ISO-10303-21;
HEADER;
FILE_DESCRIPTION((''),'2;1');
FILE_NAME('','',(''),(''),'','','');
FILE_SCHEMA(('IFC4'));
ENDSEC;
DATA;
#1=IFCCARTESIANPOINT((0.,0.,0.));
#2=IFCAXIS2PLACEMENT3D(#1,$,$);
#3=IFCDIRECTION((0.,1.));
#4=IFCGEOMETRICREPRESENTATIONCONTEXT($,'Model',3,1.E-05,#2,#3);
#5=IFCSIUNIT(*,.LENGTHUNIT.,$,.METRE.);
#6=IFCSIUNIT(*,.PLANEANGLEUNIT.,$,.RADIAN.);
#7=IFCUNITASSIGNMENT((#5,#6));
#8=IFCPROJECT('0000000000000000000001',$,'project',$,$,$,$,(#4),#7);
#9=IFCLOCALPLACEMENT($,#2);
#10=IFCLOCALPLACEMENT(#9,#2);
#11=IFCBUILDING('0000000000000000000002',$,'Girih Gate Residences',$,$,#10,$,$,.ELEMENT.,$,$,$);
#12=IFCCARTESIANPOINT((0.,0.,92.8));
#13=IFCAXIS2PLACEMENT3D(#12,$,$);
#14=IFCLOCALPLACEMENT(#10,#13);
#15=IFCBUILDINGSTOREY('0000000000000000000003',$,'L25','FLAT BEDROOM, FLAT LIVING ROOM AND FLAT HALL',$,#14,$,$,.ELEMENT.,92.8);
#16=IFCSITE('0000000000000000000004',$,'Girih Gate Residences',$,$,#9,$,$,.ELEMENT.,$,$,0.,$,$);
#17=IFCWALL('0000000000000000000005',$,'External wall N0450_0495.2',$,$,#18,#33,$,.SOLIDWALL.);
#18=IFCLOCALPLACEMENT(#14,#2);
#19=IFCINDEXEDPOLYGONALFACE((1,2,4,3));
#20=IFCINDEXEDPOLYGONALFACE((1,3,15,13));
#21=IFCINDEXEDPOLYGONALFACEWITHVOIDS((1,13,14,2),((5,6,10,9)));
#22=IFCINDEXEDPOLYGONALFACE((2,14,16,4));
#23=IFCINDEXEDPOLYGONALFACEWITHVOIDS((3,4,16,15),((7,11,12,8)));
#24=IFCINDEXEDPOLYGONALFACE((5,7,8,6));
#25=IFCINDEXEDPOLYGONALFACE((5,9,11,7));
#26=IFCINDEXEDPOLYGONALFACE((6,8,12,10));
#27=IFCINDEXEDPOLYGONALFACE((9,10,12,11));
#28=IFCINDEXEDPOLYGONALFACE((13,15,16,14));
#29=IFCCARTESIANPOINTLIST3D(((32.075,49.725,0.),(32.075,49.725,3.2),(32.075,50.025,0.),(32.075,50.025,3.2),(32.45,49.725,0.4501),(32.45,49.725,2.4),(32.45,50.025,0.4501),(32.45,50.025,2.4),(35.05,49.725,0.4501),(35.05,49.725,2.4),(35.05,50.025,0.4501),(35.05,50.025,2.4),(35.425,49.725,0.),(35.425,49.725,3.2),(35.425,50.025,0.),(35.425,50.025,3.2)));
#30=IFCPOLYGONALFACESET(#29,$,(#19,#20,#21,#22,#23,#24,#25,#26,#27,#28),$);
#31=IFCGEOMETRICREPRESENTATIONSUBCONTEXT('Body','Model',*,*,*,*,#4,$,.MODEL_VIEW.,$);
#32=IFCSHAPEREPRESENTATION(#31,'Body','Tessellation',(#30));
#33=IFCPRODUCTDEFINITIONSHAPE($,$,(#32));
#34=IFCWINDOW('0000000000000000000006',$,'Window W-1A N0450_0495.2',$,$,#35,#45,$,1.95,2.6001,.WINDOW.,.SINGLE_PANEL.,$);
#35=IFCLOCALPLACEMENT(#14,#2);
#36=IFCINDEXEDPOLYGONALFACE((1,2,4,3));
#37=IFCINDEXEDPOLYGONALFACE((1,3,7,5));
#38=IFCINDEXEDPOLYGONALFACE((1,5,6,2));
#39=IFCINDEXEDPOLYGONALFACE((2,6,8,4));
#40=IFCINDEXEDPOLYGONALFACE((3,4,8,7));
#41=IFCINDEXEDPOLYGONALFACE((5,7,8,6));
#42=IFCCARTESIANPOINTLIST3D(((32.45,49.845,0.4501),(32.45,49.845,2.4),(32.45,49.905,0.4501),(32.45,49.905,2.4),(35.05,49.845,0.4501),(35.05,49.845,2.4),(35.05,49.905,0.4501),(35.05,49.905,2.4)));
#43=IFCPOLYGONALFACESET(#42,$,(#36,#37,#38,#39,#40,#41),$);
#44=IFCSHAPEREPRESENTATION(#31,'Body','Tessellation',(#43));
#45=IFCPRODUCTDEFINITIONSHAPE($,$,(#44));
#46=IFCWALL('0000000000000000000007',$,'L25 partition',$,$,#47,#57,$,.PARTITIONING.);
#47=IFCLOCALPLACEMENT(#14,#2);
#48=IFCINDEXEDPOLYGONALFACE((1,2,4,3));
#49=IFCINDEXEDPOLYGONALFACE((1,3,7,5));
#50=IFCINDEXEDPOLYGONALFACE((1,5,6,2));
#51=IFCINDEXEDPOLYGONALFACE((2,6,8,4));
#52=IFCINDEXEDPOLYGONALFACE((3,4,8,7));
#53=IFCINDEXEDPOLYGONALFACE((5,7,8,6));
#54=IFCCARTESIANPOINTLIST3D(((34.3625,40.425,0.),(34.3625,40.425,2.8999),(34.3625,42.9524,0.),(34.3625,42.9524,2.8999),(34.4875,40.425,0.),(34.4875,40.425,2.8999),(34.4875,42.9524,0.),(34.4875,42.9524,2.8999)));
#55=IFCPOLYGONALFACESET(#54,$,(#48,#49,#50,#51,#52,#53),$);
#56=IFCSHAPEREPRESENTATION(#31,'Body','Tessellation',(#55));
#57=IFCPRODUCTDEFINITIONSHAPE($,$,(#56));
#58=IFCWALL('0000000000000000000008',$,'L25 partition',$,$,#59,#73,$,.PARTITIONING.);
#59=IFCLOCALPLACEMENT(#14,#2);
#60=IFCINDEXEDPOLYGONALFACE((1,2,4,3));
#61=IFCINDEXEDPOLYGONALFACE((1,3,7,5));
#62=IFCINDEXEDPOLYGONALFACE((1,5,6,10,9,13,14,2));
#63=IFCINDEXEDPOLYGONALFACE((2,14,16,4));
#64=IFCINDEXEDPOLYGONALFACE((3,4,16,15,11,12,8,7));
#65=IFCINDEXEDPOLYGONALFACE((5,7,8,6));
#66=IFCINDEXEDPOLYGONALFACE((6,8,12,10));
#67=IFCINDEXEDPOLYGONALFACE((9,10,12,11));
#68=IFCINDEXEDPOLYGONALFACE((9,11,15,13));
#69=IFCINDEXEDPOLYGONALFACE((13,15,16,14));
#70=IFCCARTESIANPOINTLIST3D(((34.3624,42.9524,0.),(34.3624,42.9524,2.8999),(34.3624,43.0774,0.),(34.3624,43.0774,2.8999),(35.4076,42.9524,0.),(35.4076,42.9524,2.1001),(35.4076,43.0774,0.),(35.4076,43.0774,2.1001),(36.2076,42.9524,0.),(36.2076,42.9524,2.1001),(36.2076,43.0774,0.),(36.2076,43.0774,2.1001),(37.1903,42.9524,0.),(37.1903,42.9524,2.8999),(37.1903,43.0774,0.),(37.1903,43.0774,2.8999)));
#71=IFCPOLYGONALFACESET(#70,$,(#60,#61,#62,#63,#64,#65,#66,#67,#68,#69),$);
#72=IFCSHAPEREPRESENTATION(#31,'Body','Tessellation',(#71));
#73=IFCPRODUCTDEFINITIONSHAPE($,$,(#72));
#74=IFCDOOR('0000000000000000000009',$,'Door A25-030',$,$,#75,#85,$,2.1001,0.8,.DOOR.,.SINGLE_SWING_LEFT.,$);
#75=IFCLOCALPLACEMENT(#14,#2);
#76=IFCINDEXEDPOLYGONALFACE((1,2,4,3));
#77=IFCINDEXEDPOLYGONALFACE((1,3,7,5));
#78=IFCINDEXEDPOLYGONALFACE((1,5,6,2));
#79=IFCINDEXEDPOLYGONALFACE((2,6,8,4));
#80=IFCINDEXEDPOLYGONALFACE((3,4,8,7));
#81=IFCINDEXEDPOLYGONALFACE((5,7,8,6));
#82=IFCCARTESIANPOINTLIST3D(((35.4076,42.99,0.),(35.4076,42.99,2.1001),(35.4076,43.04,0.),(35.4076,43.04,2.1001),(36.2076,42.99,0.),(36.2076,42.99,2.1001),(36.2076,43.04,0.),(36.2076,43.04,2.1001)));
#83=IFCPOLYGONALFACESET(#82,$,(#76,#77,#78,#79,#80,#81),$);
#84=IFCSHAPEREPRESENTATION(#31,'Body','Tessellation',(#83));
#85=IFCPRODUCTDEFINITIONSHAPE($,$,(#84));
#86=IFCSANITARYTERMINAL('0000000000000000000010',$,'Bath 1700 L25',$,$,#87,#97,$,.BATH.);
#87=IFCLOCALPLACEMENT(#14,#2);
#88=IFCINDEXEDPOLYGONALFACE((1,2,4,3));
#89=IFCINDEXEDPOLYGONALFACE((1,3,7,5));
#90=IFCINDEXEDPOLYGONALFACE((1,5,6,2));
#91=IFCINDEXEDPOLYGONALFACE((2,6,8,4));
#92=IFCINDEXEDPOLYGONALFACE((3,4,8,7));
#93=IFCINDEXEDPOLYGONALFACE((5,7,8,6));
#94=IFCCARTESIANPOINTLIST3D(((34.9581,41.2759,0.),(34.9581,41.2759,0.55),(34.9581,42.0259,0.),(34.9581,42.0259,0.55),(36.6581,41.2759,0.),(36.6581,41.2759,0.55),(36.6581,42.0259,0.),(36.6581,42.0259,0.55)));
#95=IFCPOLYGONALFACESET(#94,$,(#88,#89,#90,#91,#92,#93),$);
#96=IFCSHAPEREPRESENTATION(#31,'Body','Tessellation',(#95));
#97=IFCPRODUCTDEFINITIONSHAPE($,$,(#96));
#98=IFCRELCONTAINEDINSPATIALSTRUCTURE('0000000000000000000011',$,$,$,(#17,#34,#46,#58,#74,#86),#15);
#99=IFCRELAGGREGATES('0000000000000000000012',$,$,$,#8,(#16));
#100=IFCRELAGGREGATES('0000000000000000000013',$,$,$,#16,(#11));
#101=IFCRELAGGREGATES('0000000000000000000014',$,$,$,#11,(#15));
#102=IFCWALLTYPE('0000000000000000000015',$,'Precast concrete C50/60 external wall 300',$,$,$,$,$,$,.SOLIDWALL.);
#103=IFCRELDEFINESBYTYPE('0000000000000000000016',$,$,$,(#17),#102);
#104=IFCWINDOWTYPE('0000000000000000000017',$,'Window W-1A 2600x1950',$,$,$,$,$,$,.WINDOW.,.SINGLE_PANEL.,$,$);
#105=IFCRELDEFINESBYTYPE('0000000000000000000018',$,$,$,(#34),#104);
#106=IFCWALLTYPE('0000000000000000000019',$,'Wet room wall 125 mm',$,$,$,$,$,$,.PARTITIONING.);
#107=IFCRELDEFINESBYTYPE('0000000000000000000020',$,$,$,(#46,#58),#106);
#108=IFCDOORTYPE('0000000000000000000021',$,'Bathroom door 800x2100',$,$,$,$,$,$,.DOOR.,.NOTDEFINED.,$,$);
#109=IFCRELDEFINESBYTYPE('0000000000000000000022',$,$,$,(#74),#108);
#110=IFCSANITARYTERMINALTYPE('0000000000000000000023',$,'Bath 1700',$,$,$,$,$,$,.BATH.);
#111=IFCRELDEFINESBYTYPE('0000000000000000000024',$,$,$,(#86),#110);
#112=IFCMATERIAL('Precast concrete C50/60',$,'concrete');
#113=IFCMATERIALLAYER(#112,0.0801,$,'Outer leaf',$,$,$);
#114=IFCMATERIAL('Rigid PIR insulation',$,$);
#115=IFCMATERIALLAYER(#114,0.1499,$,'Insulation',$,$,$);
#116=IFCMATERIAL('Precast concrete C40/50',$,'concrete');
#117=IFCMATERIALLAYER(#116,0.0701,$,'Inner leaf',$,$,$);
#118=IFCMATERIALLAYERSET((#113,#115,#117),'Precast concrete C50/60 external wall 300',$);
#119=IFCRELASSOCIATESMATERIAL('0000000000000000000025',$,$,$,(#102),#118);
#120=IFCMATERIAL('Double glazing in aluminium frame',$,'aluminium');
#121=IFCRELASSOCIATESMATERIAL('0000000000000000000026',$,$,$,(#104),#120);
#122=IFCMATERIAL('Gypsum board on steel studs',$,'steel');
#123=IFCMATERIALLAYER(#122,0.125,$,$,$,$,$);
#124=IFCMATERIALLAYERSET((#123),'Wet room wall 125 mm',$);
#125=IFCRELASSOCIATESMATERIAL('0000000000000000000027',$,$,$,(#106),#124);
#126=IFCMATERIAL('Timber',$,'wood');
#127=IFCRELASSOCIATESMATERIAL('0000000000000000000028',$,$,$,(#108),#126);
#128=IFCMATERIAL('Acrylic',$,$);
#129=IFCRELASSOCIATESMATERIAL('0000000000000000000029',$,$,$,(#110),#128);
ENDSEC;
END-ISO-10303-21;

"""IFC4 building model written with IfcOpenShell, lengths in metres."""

from ifc_helpers import new_model, si_unit, direction, frame, frame_2d, origin, origin_2d, place, context, subcontext, project, spatial, rectangle, extrude, material, layer, layer_set, type_object, element, fill, save


model = new_model("IFC4")

# Units and contexts
model_context = context("Model", 3, precision=1e-05, world=origin(), true_north=direction((0.0, 1.0)))
body_context = subcontext(model_context, "Body", "Model", "MODEL_VIEW")
ifc_project = project(units=[si_unit("LENGTHUNIT", "METRE"), si_unit("PLANEANGLEUNIT", "RADIAN")], contexts=[model_context])

# Site, building, storey
site_placement = place(None, origin())
site = spatial("IfcSite", under=ifc_project, at=site_placement, Name="Girih Gate Residences", CompositionType="ELEMENT", RefElevation=0.0)
building_placement = place(site_placement, origin())
building = spatial("IfcBuilding", under=site, at=building_placement, Name="Girih Gate Residences", CompositionType="ELEMENT")
storey_placement = place(building_placement, frame((0.0, 0.0, 92.8)))
storey = spatial("IfcBuildingStorey", under=building, at=storey_placement, Name="L25", Description="FLAT BEDROOM, FLAT LIVING ROOM AND FLAT HALL", CompositionType="ELEMENT", Elevation=92.8)

# Shared definitions
ifc_material_1 = material(Name="Gypsum board on steel studs", Category="steel")
ifc_material_2 = material(Name="Timber", Category="wood")

# Wall, opening, window
ifc_material_3 = material(Name="Precast concrete C50/60", Category="concrete")
ifc_layer_1 = layer(ifc_material_3, 0.0801, Name="Outer leaf")
ifc_material_4 = material(Name="Rigid PIR insulation")
ifc_layer_2 = layer(ifc_material_4, 0.1499, Name="Insulation")
ifc_material_5 = material(Name="Precast concrete C40/50", Category="concrete")
ifc_layer_3 = layer(ifc_material_5, 0.0701, Name="Inner leaf")
ifc_layer_set_1 = layer_set([ifc_layer_1, ifc_layer_2, ifc_layer_3], Name="Precast concrete C50/60 external wall 300")
wall_type_1 = type_object("IfcWallType", Name="Precast concrete C50/60 external wall 300", PredefinedType="SOLIDWALL", material=ifc_layer_set_1)
ifc_material_6 = material(Name="Double glazing in aluminium frame", Category="aluminium")
window_type = type_object("IfcWindowType", Name="Window W-1A 2600x1950", PartitioningType="SINGLE_PANEL", PredefinedType="WINDOW", material=ifc_material_6)
wall_1_placement = place(storey_placement, frame((32.075, 49.875, 0.0), z_axis=(0.0, 0.0, 1.0), x_axis=(1.0, 0.0, 0.0)))
wall_1 = element("IfcWall", 1, at=wall_1_placement, inside=storey, type_object=wall_type_1, Name="External wall N0450_0495.2", PredefinedType="SOLIDWALL", context=body_context, shape_type="SweptSolid", body=[
    extrude(rectangle(XDim=3.3501, YDim=0.3, at=frame_2d((1.675, 0.0))), origin(), (0.0, 0.0, 1.0), 3.2),
])
opening_1_placement = place(wall_1_placement, frame((0.375, 0.0, 0.45)))
opening_1 = element("IfcOpeningElement", 2, at=opening_1_placement, cuts=wall_1, PredefinedType="OPENING", context=body_context, shape_type="SweptSolid", body=[
    extrude(rectangle(XDim=2.6001, YDim=1.95, at=frame_2d((1.3, 0.9751))), frame((0.0, 0.1599, 0.0), z_axis=(0.0, -1.0, 0.0), x_axis=(1.0, 0.0, 0.0)), (0.0, 0.0, 1.0), 0.3201),
])
window_1_placement = place(opening_1_placement, origin())
window_1 = element("IfcWindow", 3, at=window_1_placement, inside=storey, type_object=window_type, Name="Window W-1A N0450_0495.2", OverallHeight=1.95, OverallWidth=2.6001, PartitioningType="SINGLE_PANEL", PredefinedType="WINDOW", context=body_context, shape_type="SweptSolid", body=[
    extrude(rectangle(XDim=2.6001, YDim=1.95, at=frame_2d((1.3, 0.9751))), frame((0.0, 0.03, 0.0), z_axis=(0.0, -1.0, 0.0), x_axis=(1.0, 0.0, 0.0)), (0.0, 0.0, 1.0), 0.0601),
])
fill(opening_1, window_1)

# Wall
ifc_layer_4 = layer(ifc_material_1, 0.125)
ifc_layer_set_2 = layer_set([ifc_layer_4], Name="Wet room wall 125 mm")
wall_type_2 = type_object("IfcWallType", Name="Wet room wall 125 mm", PredefinedType="PARTITIONING", material=ifc_layer_set_2)
wall_2_placement = place(storey_placement, frame((34.425, 40.425, 0.0), z_axis=(0.0, 0.0, 1.0), x_axis=(0.0, 1.0, 0.0)))
element("IfcWall", 4, at=wall_2_placement, inside=storey, type_object=wall_type_2, Name="L25 partition", PredefinedType="PARTITIONING", context=body_context, shape_type="SweptSolid", body=[
    extrude(rectangle(XDim=2.5273, YDim=0.125, at=frame_2d((1.2637, 0.0))), origin(), (0.0, 0.0, 1.0), 2.8999),
])

# Wall, opening, door
wall_3_placement = place(storey_placement, frame((37.1904, 43.0149, 0.0), z_axis=(0.0, 0.0, 1.0), x_axis=(-1.0, 0.0, 0.0)))
wall_3 = element("IfcWall", 5, at=wall_3_placement, inside=storey, type_object=wall_type_2, Name="L25 partition", PredefinedType="PARTITIONING", context=body_context, shape_type="SweptSolid", body=[
    extrude(rectangle(XDim=2.8279, YDim=0.125, at=frame_2d((1.4141, 0.0))), origin(), (0.0, 0.0, 1.0), 2.8999),
])
opening_2_placement = place(wall_3_placement, frame((0.9829, 0.0, 0.0)))
opening_2 = element("IfcOpeningElement", 6, at=opening_2_placement, cuts=wall_3, PredefinedType="OPENING", context=body_context, shape_type="SweptSolid", body=[
    extrude(rectangle(XDim=0.8, YDim=2.1001, at=frame_2d((0.3999, 1.05))), frame((0.0, 0.0725, 0.0), z_axis=(0.0, -1.0, 0.0), x_axis=(1.0, 0.0, 0.0)), (0.0, 0.0, 1.0), 0.145),
])
door_type_1 = type_object("IfcDoorType", Name="Bathroom door 800x2100", OperationType="NOTDEFINED", PredefinedType="DOOR", material=ifc_material_2)
door_1_placement = place(opening_2_placement, origin())
door_1 = element("IfcDoor", 7, at=door_1_placement, inside=storey, type_object=door_type_1, Name="Door A25-030", OperationType="SINGLE_SWING_LEFT", OverallHeight=2.1001, OverallWidth=0.8, PredefinedType="DOOR", context=body_context, shape_type="SweptSolid", body=[
    extrude(rectangle(XDim=0.8, YDim=2.1001, at=frame_2d((0.3999, 1.05))), frame((0.0, 0.0249, 0.0), z_axis=(0.0, -1.0, 0.0), x_axis=(1.0, 0.0, 0.0)), (0.0, 0.0, 1.0), 0.05),
])
fill(opening_2, door_1)

# Sanitary terminal
ifc_material_7 = material(Name="Acrylic")
sanitary_terminal_type = type_object("IfcSanitaryTerminalType", Name="Bath 1700", PredefinedType="BATH", material=ifc_material_7)
sanitary_terminal_placement = place(storey_placement, frame((35.8081, 41.6509, 0.0), z_axis=(0.0, 0.0, 1.0), x_axis=(1.0, 0.0, 0.0)))
element("IfcSanitaryTerminal", 8, at=sanitary_terminal_placement, inside=storey, type_object=sanitary_terminal_type, Name="Bath 1700 L25", PredefinedType="BATH", context=body_context, shape_type="SweptSolid", body=[
    extrude(rectangle(XDim=1.7, YDim=0.75, at=origin_2d()), origin(), (0.0, 0.0, 1.0), 0.55),
])

save(model, "model.ifc")
